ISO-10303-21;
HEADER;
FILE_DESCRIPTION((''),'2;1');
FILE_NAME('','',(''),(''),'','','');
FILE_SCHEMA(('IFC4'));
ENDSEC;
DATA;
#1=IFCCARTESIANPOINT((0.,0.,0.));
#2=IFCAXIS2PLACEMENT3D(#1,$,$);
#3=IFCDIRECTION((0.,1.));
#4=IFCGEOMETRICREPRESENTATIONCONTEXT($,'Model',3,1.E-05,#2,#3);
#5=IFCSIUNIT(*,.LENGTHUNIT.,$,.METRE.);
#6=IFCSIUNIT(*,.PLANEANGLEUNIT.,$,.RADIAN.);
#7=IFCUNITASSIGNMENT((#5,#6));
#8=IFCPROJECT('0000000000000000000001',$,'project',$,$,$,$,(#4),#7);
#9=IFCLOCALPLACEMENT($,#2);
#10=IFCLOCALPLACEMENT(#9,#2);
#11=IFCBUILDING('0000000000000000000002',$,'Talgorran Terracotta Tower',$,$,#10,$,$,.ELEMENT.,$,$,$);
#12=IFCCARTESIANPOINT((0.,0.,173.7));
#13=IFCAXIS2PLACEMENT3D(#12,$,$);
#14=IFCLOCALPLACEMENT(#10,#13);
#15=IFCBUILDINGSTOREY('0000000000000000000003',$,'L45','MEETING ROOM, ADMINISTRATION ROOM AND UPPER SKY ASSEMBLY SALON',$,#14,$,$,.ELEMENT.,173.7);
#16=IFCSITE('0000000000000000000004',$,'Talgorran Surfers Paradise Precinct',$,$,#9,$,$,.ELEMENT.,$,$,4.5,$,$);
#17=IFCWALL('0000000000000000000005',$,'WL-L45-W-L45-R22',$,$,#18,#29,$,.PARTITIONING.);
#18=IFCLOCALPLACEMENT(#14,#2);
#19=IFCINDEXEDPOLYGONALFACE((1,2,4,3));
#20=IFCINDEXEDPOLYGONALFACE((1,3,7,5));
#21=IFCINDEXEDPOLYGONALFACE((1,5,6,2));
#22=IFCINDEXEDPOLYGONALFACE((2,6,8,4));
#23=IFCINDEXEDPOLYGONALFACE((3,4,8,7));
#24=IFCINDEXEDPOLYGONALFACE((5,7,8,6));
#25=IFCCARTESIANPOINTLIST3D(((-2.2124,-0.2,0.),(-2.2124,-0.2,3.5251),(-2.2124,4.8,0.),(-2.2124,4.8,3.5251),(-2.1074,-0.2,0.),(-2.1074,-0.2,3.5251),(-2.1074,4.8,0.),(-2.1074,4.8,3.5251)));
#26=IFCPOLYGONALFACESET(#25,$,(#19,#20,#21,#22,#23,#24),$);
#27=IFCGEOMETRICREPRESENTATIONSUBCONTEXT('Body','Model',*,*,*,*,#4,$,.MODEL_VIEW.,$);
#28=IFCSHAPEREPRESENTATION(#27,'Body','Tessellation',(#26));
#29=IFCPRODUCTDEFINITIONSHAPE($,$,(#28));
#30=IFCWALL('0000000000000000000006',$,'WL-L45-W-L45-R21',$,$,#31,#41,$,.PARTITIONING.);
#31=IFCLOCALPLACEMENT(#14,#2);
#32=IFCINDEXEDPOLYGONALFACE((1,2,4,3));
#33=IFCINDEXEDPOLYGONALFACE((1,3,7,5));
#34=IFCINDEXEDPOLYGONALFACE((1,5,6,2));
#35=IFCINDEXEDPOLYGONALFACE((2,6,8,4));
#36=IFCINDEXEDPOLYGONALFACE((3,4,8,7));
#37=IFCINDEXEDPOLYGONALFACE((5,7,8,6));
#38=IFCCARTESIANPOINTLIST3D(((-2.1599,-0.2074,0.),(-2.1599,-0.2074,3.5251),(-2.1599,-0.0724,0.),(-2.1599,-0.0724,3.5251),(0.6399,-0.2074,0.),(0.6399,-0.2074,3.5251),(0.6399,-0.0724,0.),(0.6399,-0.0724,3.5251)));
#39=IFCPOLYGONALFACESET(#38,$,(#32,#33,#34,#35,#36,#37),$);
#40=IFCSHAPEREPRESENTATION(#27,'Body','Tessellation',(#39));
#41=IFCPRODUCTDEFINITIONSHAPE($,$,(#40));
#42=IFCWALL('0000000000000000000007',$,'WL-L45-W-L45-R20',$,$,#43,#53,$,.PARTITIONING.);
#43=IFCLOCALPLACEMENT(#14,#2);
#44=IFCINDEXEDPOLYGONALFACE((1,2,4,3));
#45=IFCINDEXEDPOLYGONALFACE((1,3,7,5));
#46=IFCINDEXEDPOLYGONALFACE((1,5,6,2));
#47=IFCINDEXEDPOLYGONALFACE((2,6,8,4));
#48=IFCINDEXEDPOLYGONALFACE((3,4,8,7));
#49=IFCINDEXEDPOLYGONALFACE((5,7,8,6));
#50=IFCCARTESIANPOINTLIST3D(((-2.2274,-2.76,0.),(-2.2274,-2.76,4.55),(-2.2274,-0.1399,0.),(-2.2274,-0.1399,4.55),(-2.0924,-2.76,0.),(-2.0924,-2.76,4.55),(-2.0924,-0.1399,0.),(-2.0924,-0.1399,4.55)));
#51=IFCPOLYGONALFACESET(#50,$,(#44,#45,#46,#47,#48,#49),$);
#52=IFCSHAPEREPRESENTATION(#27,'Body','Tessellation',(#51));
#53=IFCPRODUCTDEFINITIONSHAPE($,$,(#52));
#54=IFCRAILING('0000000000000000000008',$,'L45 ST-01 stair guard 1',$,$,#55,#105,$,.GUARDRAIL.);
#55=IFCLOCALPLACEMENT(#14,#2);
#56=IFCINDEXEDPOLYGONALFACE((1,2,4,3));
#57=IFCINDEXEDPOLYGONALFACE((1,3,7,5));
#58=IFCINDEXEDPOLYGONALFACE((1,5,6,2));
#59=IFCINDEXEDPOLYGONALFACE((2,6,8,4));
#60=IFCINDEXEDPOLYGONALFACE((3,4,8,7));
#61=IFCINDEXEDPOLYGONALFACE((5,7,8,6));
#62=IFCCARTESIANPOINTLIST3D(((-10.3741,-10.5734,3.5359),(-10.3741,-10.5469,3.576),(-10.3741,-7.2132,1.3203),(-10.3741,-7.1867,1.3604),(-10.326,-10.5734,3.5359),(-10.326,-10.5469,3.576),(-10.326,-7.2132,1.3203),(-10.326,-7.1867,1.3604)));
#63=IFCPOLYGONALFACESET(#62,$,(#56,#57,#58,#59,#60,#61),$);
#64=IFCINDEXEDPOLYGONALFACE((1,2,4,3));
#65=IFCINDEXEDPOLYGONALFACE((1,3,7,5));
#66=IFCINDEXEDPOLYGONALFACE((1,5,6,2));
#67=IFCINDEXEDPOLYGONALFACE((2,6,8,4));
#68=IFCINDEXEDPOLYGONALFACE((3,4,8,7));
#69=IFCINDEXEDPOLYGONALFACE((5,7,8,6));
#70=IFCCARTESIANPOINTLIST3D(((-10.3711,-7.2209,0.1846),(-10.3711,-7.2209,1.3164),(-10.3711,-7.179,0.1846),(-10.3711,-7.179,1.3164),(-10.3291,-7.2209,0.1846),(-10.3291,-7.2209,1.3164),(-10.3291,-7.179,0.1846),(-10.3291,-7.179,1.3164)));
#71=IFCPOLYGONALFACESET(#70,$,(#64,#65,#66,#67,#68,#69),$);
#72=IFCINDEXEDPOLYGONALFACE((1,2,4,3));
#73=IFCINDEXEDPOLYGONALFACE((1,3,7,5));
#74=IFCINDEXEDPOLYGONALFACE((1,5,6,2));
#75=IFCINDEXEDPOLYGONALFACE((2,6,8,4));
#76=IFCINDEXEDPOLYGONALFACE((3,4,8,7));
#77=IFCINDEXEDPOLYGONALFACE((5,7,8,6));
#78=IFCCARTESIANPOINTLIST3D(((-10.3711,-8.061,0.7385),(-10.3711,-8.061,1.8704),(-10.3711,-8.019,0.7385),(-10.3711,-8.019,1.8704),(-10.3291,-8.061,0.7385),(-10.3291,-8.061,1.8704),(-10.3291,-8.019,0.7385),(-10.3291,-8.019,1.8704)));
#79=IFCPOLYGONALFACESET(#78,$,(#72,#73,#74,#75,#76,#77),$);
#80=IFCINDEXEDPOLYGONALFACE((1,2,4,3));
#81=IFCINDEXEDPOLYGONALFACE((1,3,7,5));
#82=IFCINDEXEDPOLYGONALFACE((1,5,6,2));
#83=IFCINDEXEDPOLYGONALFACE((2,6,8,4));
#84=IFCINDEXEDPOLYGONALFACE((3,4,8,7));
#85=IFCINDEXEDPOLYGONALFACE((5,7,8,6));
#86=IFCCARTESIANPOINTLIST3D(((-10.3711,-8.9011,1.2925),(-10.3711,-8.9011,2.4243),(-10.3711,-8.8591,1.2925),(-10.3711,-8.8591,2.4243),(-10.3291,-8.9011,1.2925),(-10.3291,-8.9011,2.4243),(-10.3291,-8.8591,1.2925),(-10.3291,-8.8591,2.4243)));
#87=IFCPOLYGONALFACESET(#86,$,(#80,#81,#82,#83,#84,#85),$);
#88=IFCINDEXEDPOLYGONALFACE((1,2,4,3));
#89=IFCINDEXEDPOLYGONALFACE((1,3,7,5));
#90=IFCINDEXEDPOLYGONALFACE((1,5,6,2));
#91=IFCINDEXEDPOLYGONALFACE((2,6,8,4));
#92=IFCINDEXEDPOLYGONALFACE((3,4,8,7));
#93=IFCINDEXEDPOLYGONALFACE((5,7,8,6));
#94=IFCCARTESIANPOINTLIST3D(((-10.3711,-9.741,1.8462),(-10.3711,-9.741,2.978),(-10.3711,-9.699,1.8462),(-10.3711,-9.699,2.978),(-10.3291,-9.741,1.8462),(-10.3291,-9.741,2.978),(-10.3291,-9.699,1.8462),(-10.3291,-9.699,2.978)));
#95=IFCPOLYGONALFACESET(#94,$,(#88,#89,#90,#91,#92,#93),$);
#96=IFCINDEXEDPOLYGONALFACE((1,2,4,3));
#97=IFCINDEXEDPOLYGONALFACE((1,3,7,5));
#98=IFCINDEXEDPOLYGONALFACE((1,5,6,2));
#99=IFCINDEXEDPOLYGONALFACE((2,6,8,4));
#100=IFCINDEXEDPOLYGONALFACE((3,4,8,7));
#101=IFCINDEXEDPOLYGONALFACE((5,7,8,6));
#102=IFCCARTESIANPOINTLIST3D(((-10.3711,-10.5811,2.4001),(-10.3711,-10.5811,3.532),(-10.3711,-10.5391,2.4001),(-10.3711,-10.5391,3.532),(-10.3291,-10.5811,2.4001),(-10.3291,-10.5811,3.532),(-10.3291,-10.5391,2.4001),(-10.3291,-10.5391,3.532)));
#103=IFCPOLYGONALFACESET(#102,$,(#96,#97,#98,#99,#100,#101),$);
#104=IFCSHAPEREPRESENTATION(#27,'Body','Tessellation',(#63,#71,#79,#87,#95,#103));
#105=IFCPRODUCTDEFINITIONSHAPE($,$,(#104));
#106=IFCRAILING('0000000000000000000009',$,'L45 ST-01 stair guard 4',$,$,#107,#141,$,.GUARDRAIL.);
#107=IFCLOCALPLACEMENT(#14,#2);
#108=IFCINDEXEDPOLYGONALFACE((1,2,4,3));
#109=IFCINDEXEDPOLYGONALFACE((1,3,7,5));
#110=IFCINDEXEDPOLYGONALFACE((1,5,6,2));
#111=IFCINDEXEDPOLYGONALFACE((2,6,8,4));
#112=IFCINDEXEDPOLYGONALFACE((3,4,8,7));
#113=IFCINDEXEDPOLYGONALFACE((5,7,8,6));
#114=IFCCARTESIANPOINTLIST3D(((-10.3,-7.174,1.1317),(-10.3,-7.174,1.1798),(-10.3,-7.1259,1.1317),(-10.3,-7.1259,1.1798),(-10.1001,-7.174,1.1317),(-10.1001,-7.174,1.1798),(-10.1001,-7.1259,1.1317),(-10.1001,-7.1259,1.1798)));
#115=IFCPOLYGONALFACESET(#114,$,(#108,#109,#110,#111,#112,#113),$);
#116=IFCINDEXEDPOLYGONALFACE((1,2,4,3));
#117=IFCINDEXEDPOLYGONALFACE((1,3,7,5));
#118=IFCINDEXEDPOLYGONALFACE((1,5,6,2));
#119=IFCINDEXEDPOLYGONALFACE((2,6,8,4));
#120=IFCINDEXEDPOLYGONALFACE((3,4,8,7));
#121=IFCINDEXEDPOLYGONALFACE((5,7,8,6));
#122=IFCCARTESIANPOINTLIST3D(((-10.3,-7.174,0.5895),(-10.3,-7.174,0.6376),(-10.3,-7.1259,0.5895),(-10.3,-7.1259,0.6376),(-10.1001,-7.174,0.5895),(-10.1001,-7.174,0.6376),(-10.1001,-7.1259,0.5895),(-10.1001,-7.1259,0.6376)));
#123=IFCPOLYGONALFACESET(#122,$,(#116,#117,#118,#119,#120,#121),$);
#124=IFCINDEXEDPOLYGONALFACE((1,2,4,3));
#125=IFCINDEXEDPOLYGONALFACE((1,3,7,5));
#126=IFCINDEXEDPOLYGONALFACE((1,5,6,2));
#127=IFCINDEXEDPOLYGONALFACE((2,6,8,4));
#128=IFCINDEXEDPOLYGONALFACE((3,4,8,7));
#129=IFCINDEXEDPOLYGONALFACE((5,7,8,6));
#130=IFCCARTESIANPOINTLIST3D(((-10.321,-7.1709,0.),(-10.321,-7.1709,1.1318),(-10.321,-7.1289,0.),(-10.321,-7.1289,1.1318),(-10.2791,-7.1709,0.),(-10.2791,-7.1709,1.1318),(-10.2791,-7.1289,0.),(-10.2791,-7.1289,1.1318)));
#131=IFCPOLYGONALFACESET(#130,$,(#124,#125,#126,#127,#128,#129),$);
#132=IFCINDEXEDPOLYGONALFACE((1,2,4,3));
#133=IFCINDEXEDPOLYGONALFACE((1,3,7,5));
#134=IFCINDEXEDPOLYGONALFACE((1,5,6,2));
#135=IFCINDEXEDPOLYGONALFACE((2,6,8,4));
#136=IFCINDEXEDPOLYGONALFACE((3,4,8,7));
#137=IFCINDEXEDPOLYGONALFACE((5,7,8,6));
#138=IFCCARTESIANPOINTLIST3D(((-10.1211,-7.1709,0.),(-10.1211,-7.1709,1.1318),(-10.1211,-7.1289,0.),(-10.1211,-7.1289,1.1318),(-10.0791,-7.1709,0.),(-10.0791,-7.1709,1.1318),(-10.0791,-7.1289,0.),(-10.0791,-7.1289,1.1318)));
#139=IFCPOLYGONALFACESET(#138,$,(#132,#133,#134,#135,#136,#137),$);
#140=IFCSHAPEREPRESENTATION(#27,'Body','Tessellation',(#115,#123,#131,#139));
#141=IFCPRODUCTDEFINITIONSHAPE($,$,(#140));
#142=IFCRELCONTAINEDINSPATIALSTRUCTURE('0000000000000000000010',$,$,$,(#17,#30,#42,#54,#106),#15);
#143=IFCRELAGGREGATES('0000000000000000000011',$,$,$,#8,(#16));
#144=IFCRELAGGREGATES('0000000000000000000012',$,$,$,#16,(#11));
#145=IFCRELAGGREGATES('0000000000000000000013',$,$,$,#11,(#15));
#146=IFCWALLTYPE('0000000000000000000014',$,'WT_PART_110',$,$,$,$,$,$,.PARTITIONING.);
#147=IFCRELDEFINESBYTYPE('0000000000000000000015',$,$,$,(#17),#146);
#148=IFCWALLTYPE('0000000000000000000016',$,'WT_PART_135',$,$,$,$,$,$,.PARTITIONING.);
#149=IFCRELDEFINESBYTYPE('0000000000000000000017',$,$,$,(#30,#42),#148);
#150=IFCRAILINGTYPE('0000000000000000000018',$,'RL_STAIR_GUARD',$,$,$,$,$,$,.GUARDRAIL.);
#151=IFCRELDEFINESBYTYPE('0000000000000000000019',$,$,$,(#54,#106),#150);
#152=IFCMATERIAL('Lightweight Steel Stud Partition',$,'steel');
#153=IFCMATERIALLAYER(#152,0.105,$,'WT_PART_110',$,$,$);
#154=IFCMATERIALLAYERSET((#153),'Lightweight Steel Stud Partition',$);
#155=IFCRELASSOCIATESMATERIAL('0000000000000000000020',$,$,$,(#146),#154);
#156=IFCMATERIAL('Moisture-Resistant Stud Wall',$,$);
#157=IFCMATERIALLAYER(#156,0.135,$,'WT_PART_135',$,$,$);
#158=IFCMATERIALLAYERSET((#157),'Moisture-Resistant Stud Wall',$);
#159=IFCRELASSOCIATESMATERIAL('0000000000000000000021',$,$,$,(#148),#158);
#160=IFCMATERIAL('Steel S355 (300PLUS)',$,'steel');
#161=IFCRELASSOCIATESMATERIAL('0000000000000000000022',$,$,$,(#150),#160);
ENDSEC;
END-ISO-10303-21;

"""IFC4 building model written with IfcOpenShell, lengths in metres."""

from ifc_helpers import new_model, si_unit, direction, frame, frame_2d, origin, origin_2d, place, context, subcontext, project, spatial, rectangle, extrude, material, layer, layer_set, type_object, element, save


model = new_model("IFC4")

# Units and contexts
model_context = context("Model", 3, precision=1e-05, world=origin(), true_north=direction((0.0, 1.0)))
body_context = subcontext(model_context, "Body", "Model", "MODEL_VIEW")
ifc_project = project(units=[si_unit("LENGTHUNIT", "METRE"), si_unit("PLANEANGLEUNIT", "RADIAN")], contexts=[model_context])

# Site, building, storey
site_placement = place(None, origin())
site = spatial("IfcSite", under=ifc_project, at=site_placement, Name="Talgorran Surfers Paradise Precinct", CompositionType="ELEMENT", RefElevation=4.5)
building_placement = place(site_placement, origin())
building = spatial("IfcBuilding", under=site, at=building_placement, Name="Talgorran Terracotta Tower", CompositionType="ELEMENT")
storey_placement = place(building_placement, frame((0.0, 0.0, 173.7)))
storey = spatial("IfcBuildingStorey", under=building, at=storey_placement, Name="L45", Description="MEETING ROOM, ADMINISTRATION ROOM AND UPPER SKY ASSEMBLY SALON", CompositionType="ELEMENT", Elevation=173.7)

# Shared definitions
ifc_material_1 = material(Name="Steel S355 (300PLUS)", Category="steel")

# Walls
ifc_material_2 = material(Name="Lightweight Steel Stud Partition", Category="steel")
ifc_layer_1 = layer(ifc_material_2, 0.105, Name="WT_PART_110")
ifc_layer_set_1 = layer_set([ifc_layer_1], Name="Lightweight Steel Stud Partition")
wall_type_1 = type_object("IfcWallType", Name="WT_PART_110", PredefinedType="PARTITIONING", material=ifc_layer_set_1)
wall_1_placement = place(storey_placement, frame((-2.1599, -0.2, 0.0), z_axis=(0.0, 0.0, 1.0), x_axis=(0.0, 1.0, 0.0)))
element("IfcWall", 1, at=wall_1_placement, inside=storey, type_object=wall_type_1, Name="WL-L45-W-L45-R22", PredefinedType="PARTITIONING", context=body_context, shape_type="SweptSolid", body=[
    extrude(rectangle(XDim=5.0, YDim=0.105, at=frame_2d((2.5, 0.0))), origin(), (0.0, 0.0, 1.0), 3.5251),
])
ifc_material_3 = material(Name="Moisture-Resistant Stud Wall")
ifc_layer_2 = layer(ifc_material_3, 0.135, Name="WT_PART_135")
ifc_layer_set_2 = layer_set([ifc_layer_2], Name="Moisture-Resistant Stud Wall")
wall_type_2 = type_object("IfcWallType", Name="WT_PART_135", PredefinedType="PARTITIONING", material=ifc_layer_set_2)
wall_2_placement = place(storey_placement, frame((-2.1599, -0.1399, 0.0), z_axis=(0.0, 0.0, 1.0), x_axis=(1.0, 0.0, 0.0)))
element("IfcWall", 2, at=wall_2_placement, inside=storey, type_object=wall_type_2, Name="WL-L45-W-L45-R21", PredefinedType="PARTITIONING", context=body_context, shape_type="SweptSolid", body=[
    extrude(rectangle(XDim=2.7998, YDim=0.135, at=frame_2d((1.3999, 0.0))), origin(), (0.0, 0.0, 1.0), 3.5251),
])
wall_3_placement = place(storey_placement, frame((-2.1599, -2.76, 0.0), z_axis=(0.0, 0.0, 1.0), x_axis=(0.0, 1.0, 0.0)))
element("IfcWall", 3, at=wall_3_placement, inside=storey, type_object=wall_type_2, Name="WL-L45-W-L45-R20", PredefinedType="PARTITIONING", context=body_context, shape_type="SweptSolid", body=[
    extrude(rectangle(XDim=2.6201, YDim=0.135, at=frame_2d((1.3101, 0.0))), origin(), (0.0, 0.0, 1.0), 4.55),
])

# Railings
railing_type = type_object("IfcRailingType", Name="RL_STAIR_GUARD", PredefinedType="GUARDRAIL", material=ifc_material_1)
railing_1_placement = place(storey_placement, frame((-10.3501, -7.2, 0.1846)))
element("IfcRailing", 4, at=railing_1_placement, inside=storey, type_object=railing_type, Name="L45 ST-01 stair guard 1", PredefinedType="GUARDRAIL", context=body_context, shape_type="SweptSolid", body=[
    extrude(rectangle(XDim=0.0481, YDim=0.0481, at=origin_2d()), frame((0.0, 0.0, 1.1558), z_axis=(0.0, -0.834849, 0.55048), x_axis=(1.0, 0.0, 0.0)), (0.0, 0.0, 1.0), 4.0249),
    extrude(rectangle(XDim=0.042, YDim=0.042, at=origin_2d()), origin(), (0.0, 0.0, 1.0), 1.1318),
    extrude(rectangle(XDim=0.042, YDim=0.042, at=origin_2d()), frame((0.0, -0.8401, 0.554)), (0.0, 0.0, 1.0), 1.1318),
    extrude(rectangle(XDim=0.042, YDim=0.042, at=origin_2d()), frame((0.0, -1.6802, 1.1079)), (0.0, 0.0, 1.0), 1.1318),
    extrude(rectangle(XDim=0.042, YDim=0.042, at=origin_2d()), frame((0.0, -2.52, 1.6616)), (0.0, 0.0, 1.0), 1.1318),
    extrude(rectangle(XDim=0.042, YDim=0.042, at=origin_2d()), frame((0.0, -3.3601, 2.2156)), (0.0, 0.0, 1.0), 1.1318),
])
railing_2_placement = place(storey_placement, frame((-10.3, -7.1499, 0.0)))
element("IfcRailing", 5, at=railing_2_placement, inside=storey, type_object=railing_type, Name="L45 ST-01 stair guard 4", PredefinedType="GUARDRAIL", context=body_context, shape_type="SweptSolid", body=[
    extrude(rectangle(XDim=0.0481, YDim=0.0481, at=origin_2d()), frame((0.0, 0.0, 1.1558), z_axis=(1.0, 0.0, 0.0), x_axis=(0.0, 1.0, 0.0)), (0.0, 0.0, 1.0), 0.2),
    extrude(rectangle(XDim=0.0481, YDim=0.0481, at=origin_2d()), frame((0.0, 0.0, 0.6135), z_axis=(1.0, 0.0, 0.0), x_axis=(0.0, 1.0, 0.0)), (0.0, 0.0, 1.0), 0.2),
    extrude(rectangle(XDim=0.042, YDim=0.042, at=origin_2d()), origin(), (0.0, 0.0, 1.0), 1.1318),
    extrude(rectangle(XDim=0.042, YDim=0.042, at=origin_2d()), frame((0.2, 0.0, 0.0)), (0.0, 0.0, 1.0), 1.1318),
])

save(model, "model.ifc")
